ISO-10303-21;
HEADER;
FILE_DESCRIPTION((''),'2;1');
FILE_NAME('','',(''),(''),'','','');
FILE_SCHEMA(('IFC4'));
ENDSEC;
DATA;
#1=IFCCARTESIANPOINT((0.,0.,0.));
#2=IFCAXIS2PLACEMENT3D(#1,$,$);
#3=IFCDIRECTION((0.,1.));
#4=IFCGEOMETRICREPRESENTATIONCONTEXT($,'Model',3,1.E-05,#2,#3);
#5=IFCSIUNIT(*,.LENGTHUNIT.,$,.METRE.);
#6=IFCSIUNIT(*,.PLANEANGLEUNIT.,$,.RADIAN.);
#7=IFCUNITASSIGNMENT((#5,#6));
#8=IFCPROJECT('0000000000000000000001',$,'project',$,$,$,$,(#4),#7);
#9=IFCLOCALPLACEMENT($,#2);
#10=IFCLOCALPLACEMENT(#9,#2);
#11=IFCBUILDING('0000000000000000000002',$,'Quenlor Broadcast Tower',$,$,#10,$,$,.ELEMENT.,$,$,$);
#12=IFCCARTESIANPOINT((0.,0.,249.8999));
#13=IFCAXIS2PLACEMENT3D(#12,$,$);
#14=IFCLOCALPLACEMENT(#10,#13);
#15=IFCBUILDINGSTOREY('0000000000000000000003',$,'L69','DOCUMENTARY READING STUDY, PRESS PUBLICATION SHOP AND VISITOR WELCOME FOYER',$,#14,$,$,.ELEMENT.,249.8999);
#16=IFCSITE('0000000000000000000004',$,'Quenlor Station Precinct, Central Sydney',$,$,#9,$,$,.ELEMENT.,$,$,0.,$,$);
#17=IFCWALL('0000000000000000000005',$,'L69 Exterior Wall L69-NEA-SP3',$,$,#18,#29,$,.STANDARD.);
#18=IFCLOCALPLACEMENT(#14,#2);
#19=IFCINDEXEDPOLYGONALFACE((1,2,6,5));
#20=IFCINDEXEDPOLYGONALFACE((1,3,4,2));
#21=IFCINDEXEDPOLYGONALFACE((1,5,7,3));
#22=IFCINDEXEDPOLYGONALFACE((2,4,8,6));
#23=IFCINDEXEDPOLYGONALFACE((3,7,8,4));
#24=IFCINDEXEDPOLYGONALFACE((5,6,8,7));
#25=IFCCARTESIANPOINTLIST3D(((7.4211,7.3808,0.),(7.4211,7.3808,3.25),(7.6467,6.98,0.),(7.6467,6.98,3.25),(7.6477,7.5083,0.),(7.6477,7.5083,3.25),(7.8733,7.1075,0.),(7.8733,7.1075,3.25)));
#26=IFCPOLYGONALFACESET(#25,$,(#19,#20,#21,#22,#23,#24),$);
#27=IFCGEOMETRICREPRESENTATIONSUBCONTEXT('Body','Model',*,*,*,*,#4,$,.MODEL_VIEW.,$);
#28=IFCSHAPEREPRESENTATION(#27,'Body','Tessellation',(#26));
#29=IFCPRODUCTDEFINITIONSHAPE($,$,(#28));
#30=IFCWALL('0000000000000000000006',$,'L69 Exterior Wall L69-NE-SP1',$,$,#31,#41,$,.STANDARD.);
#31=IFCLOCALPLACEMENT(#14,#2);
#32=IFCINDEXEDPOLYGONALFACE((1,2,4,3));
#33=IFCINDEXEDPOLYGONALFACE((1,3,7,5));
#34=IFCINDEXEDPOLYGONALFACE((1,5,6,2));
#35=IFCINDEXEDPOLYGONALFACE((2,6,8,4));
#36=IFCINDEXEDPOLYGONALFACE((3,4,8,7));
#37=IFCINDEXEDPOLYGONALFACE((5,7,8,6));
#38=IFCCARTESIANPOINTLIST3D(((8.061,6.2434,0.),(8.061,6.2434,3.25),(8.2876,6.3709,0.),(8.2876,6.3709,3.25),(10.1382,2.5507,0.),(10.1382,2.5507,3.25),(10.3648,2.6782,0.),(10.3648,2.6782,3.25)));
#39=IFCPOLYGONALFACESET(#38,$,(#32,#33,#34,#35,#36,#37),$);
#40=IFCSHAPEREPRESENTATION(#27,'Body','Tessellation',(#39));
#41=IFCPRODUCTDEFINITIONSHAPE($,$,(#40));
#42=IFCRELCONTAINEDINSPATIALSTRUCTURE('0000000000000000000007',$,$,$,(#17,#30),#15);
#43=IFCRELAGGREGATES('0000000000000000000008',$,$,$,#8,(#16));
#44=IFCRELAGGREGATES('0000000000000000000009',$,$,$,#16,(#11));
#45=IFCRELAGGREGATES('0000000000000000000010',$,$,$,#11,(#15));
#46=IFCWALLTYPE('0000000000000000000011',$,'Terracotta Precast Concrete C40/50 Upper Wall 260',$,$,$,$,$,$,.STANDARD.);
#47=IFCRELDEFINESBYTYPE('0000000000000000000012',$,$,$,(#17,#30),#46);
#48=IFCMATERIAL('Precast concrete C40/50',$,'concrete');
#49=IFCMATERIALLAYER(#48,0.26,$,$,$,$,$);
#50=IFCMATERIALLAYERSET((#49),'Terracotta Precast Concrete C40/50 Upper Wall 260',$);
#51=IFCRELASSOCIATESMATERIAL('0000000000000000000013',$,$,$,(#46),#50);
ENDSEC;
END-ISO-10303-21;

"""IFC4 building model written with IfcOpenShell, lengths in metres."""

from ifc_helpers import new_model, si_unit, direction, frame, frame_2d, origin, place, context, subcontext, project, spatial, rectangle, extrude, material, layer, layer_set, type_object, element, save


model = new_model("IFC4")

# Units and contexts
model_context = context("Model", 3, precision=1e-05, world=origin(), true_north=direction((0.0, 1.0)))
body_context = subcontext(model_context, "Body", "Model", "MODEL_VIEW")
ifc_project = project(units=[si_unit("LENGTHUNIT", "METRE"), si_unit("PLANEANGLEUNIT", "RADIAN")], contexts=[model_context])

# Site, building, storey
site_placement = place(None, origin())
site = spatial("IfcSite", under=ifc_project, at=site_placement, Name="Quenlor Station Precinct, Central Sydney", CompositionType="ELEMENT", RefElevation=0.0)
building_placement = place(site_placement, origin())
building = spatial("IfcBuilding", under=site, at=building_placement, Name="Quenlor Broadcast Tower", CompositionType="ELEMENT")
storey_placement = place(building_placement, frame((0.0, 0.0, 249.8999)))
storey = spatial("IfcBuildingStorey", under=building, at=storey_placement, Name="L69", Description="DOCUMENTARY READING STUDY, PRESS PUBLICATION SHOP AND VISITOR WELCOME FOYER", CompositionType="ELEMENT", Elevation=249.8999)

# Walls
ifc_material_1 = material(Name="Precast concrete C40/50", Category="concrete")
ifc_layer_1 = layer(ifc_material_1, 0.26)
ifc_layer_set_1 = layer_set([ifc_layer_1], Name="Terracotta Precast Concrete C40/50 Upper Wall 260")
wall_type_1 = type_object("IfcWallType", Name="Terracotta Precast Concrete C40/50 Upper Wall 260", PredefinedType="STANDARD", material=ifc_layer_set_1)
wall_1_placement = place(storey_placement, frame((7.5344, 7.4446, 0.0), z_axis=(0.0, 0.0, 1.0), x_axis=(0.490412, -0.87149, 0.0)))
element("IfcWall", 1, at=wall_1_placement, inside=storey, type_object=wall_type_1, Name="L69 Exterior Wall L69-NEA-SP3", PredefinedType="STANDARD", context=body_context, shape_type="SweptSolid", body=[
    extrude(rectangle(XDim=0.46, YDim=0.26, at=frame_2d((0.23, 0.0))), origin(), (0.0, 0.0, 1.0), 3.25),
])
wall_2_placement = place(storey_placement, frame((8.1743, 6.3071, 0.0), z_axis=(0.0, 0.0, 1.0), x_axis=(0.490269, -0.871571, 0.0)))
element("IfcWall", 2, at=wall_2_placement, inside=storey, type_object=wall_type_1, Name="L69 Exterior Wall L69-NE-SP1", PredefinedType="STANDARD", context=body_context, shape_type="SweptSolid", body=[
    extrude(rectangle(XDim=4.2368, YDim=0.26, at=frame_2d((2.1184, 0.0))), origin(), (0.0, 0.0, 1.0), 3.25),
])

save(model, "model.ifc")
